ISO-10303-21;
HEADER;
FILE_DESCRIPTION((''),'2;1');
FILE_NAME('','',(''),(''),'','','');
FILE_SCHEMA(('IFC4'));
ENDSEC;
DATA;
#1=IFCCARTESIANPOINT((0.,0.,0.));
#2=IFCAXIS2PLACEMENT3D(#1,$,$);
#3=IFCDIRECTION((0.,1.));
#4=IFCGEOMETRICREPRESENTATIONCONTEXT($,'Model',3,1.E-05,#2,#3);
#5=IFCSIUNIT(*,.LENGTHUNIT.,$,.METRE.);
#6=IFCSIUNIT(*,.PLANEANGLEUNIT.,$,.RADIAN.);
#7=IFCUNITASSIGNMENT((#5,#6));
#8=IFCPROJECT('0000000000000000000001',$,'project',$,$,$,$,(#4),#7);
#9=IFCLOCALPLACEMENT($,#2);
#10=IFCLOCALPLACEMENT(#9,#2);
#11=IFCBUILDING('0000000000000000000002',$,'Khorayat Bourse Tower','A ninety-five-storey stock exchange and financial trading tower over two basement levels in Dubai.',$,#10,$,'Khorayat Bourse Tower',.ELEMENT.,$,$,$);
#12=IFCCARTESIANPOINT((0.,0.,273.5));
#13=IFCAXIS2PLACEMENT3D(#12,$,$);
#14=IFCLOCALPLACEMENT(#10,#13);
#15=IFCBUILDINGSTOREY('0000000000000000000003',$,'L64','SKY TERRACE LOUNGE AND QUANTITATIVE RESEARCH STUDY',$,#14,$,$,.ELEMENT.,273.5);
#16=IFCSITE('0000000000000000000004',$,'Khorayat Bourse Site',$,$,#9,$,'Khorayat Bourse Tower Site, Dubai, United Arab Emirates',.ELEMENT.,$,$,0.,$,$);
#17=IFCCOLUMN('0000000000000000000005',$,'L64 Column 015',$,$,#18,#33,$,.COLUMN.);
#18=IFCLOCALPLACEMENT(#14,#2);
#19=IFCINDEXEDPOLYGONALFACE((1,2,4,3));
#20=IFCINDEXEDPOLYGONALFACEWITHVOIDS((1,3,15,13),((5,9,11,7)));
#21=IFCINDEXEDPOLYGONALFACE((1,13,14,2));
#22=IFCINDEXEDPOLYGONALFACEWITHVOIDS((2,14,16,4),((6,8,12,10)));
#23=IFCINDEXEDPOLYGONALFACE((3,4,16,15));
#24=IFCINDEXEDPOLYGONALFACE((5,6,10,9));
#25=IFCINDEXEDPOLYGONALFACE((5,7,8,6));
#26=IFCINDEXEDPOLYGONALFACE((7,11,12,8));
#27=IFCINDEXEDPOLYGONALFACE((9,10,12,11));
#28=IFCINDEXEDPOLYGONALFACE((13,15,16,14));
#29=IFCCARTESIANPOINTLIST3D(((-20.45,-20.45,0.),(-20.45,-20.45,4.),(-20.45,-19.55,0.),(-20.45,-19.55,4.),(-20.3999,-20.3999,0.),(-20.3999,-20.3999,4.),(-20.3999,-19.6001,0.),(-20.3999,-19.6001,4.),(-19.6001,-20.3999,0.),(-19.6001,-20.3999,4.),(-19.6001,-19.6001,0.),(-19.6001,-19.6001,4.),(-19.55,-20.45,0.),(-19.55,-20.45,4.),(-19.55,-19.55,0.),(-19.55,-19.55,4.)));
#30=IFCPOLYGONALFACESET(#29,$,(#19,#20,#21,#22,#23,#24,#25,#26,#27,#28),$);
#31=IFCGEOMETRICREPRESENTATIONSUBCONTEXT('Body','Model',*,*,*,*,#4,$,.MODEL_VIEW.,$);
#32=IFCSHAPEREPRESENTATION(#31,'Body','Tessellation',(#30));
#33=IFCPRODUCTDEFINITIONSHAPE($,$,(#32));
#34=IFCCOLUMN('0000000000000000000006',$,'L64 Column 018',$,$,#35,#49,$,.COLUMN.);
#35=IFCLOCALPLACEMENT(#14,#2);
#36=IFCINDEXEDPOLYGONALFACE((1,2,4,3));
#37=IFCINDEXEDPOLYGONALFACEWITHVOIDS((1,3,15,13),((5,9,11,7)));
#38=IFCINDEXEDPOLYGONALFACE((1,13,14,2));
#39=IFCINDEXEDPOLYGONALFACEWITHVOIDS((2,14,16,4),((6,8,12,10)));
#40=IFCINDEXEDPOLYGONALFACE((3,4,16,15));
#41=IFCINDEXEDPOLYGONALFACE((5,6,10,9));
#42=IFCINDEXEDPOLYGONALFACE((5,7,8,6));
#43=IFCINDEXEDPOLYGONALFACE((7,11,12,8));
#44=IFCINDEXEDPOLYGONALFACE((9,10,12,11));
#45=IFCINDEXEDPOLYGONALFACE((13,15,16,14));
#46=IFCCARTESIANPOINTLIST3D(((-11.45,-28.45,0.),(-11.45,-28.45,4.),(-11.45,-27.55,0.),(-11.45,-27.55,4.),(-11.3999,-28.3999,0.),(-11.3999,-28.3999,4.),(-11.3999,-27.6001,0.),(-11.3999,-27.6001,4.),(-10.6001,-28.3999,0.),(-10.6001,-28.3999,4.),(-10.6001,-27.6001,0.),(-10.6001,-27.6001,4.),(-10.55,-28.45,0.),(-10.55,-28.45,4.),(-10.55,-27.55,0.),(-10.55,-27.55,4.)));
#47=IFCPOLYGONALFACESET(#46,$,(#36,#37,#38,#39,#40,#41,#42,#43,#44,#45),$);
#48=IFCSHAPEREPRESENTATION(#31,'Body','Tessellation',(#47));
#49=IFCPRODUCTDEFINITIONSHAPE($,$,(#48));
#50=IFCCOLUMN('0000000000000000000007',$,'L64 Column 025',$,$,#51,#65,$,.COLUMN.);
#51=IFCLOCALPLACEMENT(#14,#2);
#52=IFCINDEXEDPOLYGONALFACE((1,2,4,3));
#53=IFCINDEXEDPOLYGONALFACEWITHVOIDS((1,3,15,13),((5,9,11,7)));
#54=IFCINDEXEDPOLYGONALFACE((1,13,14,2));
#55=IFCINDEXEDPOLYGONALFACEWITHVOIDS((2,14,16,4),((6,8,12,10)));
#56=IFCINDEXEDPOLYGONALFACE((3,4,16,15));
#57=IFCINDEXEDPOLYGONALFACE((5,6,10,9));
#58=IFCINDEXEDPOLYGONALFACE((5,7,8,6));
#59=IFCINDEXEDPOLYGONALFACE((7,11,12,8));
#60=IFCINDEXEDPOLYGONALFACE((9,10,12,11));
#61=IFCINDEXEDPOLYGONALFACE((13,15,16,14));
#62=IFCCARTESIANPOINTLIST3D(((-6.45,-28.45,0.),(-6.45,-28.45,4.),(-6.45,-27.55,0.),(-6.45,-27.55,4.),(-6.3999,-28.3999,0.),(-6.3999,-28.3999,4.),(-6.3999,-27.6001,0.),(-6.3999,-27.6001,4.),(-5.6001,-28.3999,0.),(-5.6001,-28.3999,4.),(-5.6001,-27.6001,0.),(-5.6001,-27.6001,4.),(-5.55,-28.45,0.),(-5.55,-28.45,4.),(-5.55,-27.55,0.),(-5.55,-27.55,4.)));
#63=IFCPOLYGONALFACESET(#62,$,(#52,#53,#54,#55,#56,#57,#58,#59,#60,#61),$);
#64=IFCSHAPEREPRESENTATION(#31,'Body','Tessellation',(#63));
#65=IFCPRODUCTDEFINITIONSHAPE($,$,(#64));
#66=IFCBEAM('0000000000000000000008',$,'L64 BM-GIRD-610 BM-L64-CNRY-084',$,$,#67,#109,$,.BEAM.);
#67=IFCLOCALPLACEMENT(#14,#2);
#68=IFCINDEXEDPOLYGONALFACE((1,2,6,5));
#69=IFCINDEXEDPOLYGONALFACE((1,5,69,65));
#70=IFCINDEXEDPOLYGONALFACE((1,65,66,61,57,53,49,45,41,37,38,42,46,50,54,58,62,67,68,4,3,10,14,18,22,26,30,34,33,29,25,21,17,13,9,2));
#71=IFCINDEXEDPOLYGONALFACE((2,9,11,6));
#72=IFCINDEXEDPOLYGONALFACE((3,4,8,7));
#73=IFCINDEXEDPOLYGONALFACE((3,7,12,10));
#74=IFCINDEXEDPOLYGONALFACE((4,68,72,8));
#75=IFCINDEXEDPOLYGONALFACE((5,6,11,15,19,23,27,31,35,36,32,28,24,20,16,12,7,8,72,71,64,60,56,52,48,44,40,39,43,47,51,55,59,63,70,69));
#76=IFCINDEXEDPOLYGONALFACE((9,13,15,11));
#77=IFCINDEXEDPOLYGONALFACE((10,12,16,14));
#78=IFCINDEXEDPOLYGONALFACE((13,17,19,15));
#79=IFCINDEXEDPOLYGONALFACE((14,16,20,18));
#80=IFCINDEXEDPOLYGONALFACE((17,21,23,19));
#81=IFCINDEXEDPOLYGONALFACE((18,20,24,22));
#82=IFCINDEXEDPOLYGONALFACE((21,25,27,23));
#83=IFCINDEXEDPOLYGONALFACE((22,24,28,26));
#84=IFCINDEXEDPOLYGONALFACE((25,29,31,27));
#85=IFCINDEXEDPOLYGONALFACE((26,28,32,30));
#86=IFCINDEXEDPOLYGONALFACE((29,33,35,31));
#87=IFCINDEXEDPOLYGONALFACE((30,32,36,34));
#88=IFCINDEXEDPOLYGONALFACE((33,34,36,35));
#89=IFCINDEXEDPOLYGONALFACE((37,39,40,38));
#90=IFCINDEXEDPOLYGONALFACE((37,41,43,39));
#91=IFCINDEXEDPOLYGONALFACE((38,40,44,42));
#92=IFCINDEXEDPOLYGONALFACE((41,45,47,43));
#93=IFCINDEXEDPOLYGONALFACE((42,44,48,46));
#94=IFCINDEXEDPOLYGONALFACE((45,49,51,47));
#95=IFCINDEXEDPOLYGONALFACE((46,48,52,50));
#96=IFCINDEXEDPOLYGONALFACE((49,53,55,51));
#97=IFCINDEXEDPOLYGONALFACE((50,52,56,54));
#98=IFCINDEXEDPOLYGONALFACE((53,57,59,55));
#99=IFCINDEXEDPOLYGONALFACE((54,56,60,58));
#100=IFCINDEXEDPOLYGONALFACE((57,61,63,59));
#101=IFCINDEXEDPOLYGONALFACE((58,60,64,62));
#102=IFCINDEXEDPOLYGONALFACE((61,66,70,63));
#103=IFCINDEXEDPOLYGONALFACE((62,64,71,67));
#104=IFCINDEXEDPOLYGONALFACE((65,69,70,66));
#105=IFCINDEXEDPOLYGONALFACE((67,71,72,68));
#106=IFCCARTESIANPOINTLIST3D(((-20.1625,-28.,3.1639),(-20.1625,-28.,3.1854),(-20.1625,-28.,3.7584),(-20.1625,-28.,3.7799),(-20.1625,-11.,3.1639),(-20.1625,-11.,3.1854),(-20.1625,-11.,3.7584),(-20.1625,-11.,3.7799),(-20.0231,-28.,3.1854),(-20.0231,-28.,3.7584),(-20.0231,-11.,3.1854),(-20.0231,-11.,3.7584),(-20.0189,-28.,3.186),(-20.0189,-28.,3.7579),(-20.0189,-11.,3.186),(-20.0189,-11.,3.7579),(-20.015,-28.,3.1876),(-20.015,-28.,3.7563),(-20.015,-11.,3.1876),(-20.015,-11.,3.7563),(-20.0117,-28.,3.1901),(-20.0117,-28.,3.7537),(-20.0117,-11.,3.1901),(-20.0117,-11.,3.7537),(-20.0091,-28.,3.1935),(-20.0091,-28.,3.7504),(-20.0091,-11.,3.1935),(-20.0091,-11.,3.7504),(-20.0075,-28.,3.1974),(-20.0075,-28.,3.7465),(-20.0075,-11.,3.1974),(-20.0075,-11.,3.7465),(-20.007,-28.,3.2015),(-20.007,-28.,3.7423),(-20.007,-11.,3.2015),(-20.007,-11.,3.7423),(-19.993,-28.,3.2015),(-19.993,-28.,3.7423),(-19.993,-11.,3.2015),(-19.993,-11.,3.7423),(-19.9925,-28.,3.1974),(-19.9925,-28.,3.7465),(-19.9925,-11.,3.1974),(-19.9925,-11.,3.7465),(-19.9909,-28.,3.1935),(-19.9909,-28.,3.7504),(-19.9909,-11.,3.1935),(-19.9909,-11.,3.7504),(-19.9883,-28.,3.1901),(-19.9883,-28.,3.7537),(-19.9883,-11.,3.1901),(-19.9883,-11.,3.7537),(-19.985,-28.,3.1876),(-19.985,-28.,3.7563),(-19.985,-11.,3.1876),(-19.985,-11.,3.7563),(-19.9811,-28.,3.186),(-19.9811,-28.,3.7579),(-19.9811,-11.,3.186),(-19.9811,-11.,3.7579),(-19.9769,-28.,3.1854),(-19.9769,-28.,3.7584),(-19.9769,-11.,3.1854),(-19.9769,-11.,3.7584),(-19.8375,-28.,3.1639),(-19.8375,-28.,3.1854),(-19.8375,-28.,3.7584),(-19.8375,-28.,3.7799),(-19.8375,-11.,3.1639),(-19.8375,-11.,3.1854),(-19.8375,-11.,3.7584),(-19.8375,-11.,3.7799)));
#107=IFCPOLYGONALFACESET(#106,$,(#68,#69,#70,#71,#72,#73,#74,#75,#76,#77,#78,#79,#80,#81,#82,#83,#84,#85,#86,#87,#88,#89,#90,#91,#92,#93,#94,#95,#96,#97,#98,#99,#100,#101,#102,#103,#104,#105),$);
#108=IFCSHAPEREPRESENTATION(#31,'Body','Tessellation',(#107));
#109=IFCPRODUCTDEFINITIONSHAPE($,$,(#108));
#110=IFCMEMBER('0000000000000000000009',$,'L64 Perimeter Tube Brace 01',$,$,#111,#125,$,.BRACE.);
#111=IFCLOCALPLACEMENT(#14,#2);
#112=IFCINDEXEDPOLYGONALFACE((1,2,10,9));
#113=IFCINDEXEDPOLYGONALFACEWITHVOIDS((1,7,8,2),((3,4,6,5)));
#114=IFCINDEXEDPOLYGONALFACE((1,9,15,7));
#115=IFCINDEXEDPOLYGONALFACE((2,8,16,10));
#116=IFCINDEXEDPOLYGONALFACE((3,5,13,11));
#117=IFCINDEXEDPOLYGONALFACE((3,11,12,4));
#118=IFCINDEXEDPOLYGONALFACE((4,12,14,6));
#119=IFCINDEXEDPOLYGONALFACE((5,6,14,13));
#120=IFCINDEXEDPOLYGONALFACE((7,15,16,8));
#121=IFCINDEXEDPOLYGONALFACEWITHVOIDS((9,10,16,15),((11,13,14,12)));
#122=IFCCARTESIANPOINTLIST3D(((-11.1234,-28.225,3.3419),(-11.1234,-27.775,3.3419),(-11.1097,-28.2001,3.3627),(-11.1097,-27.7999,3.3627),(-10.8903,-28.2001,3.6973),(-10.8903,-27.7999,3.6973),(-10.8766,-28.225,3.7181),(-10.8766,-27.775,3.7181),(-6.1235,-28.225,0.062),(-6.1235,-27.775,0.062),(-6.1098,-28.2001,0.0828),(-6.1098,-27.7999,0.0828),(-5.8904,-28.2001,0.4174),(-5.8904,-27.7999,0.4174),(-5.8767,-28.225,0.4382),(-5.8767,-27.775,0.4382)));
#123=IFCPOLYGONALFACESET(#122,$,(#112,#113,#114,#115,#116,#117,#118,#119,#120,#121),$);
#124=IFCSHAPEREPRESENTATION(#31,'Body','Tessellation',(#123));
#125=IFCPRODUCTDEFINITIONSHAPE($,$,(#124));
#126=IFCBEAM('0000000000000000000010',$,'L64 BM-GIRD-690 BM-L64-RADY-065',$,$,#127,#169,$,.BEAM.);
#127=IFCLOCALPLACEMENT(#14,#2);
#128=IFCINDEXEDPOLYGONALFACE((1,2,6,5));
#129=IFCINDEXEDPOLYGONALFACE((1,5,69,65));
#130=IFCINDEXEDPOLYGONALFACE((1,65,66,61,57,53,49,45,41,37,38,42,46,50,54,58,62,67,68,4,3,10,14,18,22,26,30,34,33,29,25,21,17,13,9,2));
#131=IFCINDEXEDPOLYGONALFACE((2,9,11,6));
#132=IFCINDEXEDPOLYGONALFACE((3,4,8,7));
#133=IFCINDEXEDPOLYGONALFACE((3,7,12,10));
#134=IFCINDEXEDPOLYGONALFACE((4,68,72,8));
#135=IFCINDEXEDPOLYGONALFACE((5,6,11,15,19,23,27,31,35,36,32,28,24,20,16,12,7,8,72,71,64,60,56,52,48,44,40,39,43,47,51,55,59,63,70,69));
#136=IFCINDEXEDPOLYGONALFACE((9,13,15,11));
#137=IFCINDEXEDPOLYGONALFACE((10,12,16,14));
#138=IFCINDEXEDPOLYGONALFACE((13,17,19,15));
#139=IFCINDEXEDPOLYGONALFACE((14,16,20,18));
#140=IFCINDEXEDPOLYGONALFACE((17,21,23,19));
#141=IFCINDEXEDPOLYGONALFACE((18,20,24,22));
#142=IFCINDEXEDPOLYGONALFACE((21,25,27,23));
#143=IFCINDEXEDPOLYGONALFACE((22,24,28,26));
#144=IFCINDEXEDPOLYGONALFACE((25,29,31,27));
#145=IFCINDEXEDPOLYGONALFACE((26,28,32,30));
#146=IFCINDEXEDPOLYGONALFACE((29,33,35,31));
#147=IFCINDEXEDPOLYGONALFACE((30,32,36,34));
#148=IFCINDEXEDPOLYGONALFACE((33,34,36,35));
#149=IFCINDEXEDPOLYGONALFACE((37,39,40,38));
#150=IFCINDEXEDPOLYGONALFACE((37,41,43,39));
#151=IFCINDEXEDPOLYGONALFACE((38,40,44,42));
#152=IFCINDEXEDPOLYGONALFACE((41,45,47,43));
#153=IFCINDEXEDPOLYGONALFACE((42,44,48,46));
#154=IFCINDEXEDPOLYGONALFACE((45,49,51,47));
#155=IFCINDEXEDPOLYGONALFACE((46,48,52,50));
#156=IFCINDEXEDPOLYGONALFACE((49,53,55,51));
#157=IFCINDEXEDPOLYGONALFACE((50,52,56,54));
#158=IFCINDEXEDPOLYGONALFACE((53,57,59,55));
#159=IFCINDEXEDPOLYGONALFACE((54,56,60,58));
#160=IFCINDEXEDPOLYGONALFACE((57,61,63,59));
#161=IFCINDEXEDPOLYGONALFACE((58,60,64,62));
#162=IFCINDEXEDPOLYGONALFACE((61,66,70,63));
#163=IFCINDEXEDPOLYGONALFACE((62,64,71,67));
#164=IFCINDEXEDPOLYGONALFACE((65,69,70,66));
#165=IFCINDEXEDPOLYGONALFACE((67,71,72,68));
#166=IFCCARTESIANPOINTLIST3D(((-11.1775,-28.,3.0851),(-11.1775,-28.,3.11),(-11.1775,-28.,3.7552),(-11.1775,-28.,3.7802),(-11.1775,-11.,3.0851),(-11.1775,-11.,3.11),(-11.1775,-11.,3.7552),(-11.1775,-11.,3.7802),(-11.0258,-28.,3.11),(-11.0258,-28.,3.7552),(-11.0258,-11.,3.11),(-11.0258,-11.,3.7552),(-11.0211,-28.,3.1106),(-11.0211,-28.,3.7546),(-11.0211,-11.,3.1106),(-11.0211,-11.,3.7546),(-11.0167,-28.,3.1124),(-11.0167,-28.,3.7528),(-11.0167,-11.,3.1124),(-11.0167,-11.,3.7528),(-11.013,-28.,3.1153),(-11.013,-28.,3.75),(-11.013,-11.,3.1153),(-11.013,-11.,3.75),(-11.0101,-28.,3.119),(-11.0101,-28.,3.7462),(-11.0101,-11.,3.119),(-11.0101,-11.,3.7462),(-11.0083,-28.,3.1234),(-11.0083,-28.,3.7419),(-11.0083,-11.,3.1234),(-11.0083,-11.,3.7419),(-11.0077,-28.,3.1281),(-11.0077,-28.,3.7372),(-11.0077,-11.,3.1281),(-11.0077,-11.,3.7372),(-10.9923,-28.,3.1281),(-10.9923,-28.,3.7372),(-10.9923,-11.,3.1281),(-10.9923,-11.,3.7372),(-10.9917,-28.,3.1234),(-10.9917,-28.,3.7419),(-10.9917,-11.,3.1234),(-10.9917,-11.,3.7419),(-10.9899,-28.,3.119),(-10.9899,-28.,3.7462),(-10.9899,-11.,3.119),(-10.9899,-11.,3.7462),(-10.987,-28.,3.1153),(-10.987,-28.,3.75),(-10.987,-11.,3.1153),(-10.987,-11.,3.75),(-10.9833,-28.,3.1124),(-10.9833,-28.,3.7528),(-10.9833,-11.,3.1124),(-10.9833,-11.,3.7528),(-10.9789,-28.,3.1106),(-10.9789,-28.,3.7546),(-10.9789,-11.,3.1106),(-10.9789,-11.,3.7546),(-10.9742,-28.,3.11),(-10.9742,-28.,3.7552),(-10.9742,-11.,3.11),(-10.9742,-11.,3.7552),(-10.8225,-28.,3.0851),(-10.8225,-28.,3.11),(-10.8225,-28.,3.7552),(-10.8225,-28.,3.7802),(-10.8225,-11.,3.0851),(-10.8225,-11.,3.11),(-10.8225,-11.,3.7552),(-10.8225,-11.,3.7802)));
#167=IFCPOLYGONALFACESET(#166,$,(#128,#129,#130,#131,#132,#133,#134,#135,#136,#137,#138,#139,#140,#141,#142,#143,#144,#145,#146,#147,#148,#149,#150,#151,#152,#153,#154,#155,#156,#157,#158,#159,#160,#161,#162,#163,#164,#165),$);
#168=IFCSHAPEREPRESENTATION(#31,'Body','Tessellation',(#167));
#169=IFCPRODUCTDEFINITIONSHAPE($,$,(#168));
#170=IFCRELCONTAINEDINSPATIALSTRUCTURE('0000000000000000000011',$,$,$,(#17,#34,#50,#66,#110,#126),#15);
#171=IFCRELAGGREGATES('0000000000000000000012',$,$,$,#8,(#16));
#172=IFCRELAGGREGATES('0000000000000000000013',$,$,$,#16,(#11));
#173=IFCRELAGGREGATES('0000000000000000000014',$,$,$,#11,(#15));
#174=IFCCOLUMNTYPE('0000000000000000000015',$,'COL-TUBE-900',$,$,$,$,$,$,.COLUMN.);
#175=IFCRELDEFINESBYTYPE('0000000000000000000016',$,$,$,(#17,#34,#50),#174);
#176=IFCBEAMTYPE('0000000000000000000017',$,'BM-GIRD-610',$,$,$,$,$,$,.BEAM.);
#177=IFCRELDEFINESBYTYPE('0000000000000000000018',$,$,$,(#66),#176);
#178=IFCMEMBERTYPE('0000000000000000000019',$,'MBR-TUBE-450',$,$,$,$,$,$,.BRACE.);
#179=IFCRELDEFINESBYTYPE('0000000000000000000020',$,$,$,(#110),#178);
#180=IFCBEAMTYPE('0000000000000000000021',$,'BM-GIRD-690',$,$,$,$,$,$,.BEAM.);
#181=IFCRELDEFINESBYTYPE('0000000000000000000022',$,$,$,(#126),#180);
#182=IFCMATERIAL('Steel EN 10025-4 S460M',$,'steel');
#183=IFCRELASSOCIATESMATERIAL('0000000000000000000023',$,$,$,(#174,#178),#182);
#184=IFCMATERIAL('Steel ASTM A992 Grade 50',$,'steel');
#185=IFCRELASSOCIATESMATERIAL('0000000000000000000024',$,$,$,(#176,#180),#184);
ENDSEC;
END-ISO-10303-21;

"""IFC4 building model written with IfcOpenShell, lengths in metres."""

from ifc_helpers import new_model, si_unit, direction, frame, origin, origin_2d, place, context, subcontext, project, spatial, hollow_rectangle, i_section, extrude, source, transform, mapped, material, material_profile, profile_set, type_object, element, save


model = new_model("IFC4")

# Units and contexts
model_context = context("Model", 3, precision=1e-05, world=origin(), true_north=direction((0.0, 1.0)))
body_context = subcontext(model_context, "Body", "Model", "MODEL_VIEW")
ifc_project = project(units=[si_unit("LENGTHUNIT", "METRE"), si_unit("PLANEANGLEUNIT", "RADIAN")], contexts=[model_context])

# Site, building, storey
site_placement = place(None, origin())
site = spatial("IfcSite", under=ifc_project, at=site_placement, Name="Khorayat Bourse Site", LongName="Khorayat Bourse Tower Site, Dubai, United Arab Emirates", CompositionType="ELEMENT", RefElevation=0.0)
building_placement = place(site_placement, origin())
building = spatial("IfcBuilding", under=site, at=building_placement, Name="Khorayat Bourse Tower", Description="A ninety-five-storey stock exchange and financial trading tower over two basement levels in Dubai.", LongName="Khorayat Bourse Tower", CompositionType="ELEMENT")
storey_placement = place(building_placement, frame((0.0, 0.0, 273.5)))
storey = spatial("IfcBuildingStorey", under=building, at=storey_placement, Name="L64", Description="SKY TERRACE LOUNGE AND QUANTITATIVE RESEARCH STUDY", CompositionType="ELEMENT", Elevation=273.5)

# Columns
ifc_material_1 = material(Name="Steel EN 10025-4 S460M", Category="steel")
ifc_material_profile_1 = material_profile(ifc_material_1, hollow_rectangle(XDim=0.8999, YDim=0.8999, WallThickness=0.05, at=origin_2d()), Name="BOX 900x900x50")
ifc_profile_set_1 = profile_set([ifc_material_profile_1], Name="Steel EN 10025-4 S460M")
column_type = type_object("IfcColumnType", Name="COL-TUBE-900", PredefinedType="COLUMN", material=ifc_profile_set_1)
shared_shape_1 = source(origin(), body_context, "Body", "SweptSolid", [
    extrude(hollow_rectangle(XDim=0.8999, YDim=0.8999, WallThickness=0.05, at=origin_2d()), origin(), (0.0, 0.0, 1.0), 4.0),
])
for number, where, z_axis, x_axis, name in (
    (1, (-20.0, -20.0, 0.0), (0.0, 0.0, 1.0), (1.0, 0.0, 0.0), "L64 Column 015"),
    (2, (-11.0, -28.0, 0.0), (0.0, 0.0, 1.0), (1.0, 0.0, 0.0), "L64 Column 018"),
    (3, (-6.0, -28.0, 0.0), (0.0, 0.0, 1.0), (1.0, 0.0, 0.0), "L64 Column 025"),
):
    element("IfcColumn", number, at=place(storey_placement, frame(where, z_axis=z_axis, x_axis=x_axis)), inside=storey, type_object=column_type, Name=name, PredefinedType="COLUMN", context=body_context, shape_type="MappedRepresentation", body=[
        mapped(shared_shape_1, transform((0.0, 0.0, 0.0), scale=1.0)),
    ])

# Beam
ifc_material_2 = material(Name="Steel ASTM A992 Grade 50", Category="steel")
ifc_material_profile_2 = material_profile(ifc_material_2, i_section(OverallWidth=0.325, OverallDepth=0.616, WebThickness=0.0139, FlangeThickness=0.0215, FilletRadius=0.0161, at=origin_2d()), Name="W610X174")
ifc_profile_set_2 = profile_set([ifc_material_profile_2], Name="Steel ASTM A992 Grade 50")
beam_type_1 = type_object("IfcBeamType", Name="BM-GIRD-610", PredefinedType="BEAM", material=ifc_profile_set_2)
shared_shape_2 = source(origin(), body_context, "Body", "SweptSolid", [
    extrude(i_section(OverallWidth=0.325, OverallDepth=0.616, WebThickness=0.0139, FlangeThickness=0.0215, FilletRadius=0.0161, at=origin_2d()), origin(), (0.0, 0.0, 1.0), 17.0),
])
beam_1_placement = place(storey_placement, frame((-20.0, -28.0, 3.4719), z_axis=(0.0, 1.0, 0.0), x_axis=(-1.0, 0.0, 0.0)))
element("IfcBeam", 4, at=beam_1_placement, inside=storey, type_object=beam_type_1, Name="L64 BM-GIRD-610 BM-L64-CNRY-084", PredefinedType="BEAM", context=body_context, shape_type="MappedRepresentation", body=[
    mapped(shared_shape_2, transform((0.0, 0.0, 0.0), scale=1.0)),
])

# Member
ifc_material_profile_3 = material_profile(ifc_material_1, hollow_rectangle(XDim=0.45, YDim=0.45, WallThickness=0.0249, at=origin_2d()), Name="HSS 450x450x25")
ifc_profile_set_3 = profile_set([ifc_material_profile_3], Name="Steel EN 10025-4 S460M")
member_type_1 = type_object("IfcMemberType", Name="MBR-TUBE-450", PredefinedType="BRACE", material=ifc_profile_set_3)
shared_shape_3 = source(origin(), body_context, "Body", "SweptSolid", [
    extrude(hollow_rectangle(XDim=0.45, YDim=0.45, WallThickness=0.0249, at=origin_2d()), origin(), (0.0, 0.0, 1.0), 5.9797),
])
member_1_placement = place(storey_placement, frame((-11.0, -28.0, 3.53), z_axis=(0.836142, 0.0, -0.548514), x_axis=(0.0, 1.0, 0.0)))
element("IfcMember", 5, at=member_1_placement, inside=storey, type_object=member_type_1, Name="L64 Perimeter Tube Brace 01", PredefinedType="BRACE", context=body_context, shape_type="MappedRepresentation", body=[
    mapped(shared_shape_3, transform((0.0, 0.0, 0.0), scale=1.0)),
])

# Beam
ifc_material_profile_4 = material_profile(ifc_material_2, i_section(OverallWidth=0.355, OverallDepth=0.6951, WebThickness=0.0154, FlangeThickness=0.0249, FilletRadius=0.0181, at=origin_2d()), Name="W690X217")
ifc_profile_set_4 = profile_set([ifc_material_profile_4], Name="Steel ASTM A992 Grade 50")
beam_type_2 = type_object("IfcBeamType", Name="BM-GIRD-690", PredefinedType="BEAM", material=ifc_profile_set_4)
shared_shape_4 = source(origin(), body_context, "Body", "SweptSolid", [
    extrude(i_section(OverallWidth=0.355, OverallDepth=0.6951, WebThickness=0.0154, FlangeThickness=0.0249, FilletRadius=0.0181, at=origin_2d()), origin(), (0.0, 0.0, 1.0), 17.0),
])
for number, where, z_axis, x_axis, name in (
    (6, (-11.0, -28.0, 3.4326), (0.0, 1.0, 0.0), (-1.0, 0.0, 0.0), "L64 BM-GIRD-690 BM-L64-RADY-065"),
):
    element("IfcBeam", number, at=place(storey_placement, frame(where, z_axis=z_axis, x_axis=x_axis)), inside=storey, type_object=beam_type_2, Name=name, PredefinedType="BEAM", context=body_context, shape_type="MappedRepresentation", body=[
        mapped(shared_shape_4, transform((0.0, 0.0, 0.0), scale=1.0)),
    ])

save(model, "model.ifc")
